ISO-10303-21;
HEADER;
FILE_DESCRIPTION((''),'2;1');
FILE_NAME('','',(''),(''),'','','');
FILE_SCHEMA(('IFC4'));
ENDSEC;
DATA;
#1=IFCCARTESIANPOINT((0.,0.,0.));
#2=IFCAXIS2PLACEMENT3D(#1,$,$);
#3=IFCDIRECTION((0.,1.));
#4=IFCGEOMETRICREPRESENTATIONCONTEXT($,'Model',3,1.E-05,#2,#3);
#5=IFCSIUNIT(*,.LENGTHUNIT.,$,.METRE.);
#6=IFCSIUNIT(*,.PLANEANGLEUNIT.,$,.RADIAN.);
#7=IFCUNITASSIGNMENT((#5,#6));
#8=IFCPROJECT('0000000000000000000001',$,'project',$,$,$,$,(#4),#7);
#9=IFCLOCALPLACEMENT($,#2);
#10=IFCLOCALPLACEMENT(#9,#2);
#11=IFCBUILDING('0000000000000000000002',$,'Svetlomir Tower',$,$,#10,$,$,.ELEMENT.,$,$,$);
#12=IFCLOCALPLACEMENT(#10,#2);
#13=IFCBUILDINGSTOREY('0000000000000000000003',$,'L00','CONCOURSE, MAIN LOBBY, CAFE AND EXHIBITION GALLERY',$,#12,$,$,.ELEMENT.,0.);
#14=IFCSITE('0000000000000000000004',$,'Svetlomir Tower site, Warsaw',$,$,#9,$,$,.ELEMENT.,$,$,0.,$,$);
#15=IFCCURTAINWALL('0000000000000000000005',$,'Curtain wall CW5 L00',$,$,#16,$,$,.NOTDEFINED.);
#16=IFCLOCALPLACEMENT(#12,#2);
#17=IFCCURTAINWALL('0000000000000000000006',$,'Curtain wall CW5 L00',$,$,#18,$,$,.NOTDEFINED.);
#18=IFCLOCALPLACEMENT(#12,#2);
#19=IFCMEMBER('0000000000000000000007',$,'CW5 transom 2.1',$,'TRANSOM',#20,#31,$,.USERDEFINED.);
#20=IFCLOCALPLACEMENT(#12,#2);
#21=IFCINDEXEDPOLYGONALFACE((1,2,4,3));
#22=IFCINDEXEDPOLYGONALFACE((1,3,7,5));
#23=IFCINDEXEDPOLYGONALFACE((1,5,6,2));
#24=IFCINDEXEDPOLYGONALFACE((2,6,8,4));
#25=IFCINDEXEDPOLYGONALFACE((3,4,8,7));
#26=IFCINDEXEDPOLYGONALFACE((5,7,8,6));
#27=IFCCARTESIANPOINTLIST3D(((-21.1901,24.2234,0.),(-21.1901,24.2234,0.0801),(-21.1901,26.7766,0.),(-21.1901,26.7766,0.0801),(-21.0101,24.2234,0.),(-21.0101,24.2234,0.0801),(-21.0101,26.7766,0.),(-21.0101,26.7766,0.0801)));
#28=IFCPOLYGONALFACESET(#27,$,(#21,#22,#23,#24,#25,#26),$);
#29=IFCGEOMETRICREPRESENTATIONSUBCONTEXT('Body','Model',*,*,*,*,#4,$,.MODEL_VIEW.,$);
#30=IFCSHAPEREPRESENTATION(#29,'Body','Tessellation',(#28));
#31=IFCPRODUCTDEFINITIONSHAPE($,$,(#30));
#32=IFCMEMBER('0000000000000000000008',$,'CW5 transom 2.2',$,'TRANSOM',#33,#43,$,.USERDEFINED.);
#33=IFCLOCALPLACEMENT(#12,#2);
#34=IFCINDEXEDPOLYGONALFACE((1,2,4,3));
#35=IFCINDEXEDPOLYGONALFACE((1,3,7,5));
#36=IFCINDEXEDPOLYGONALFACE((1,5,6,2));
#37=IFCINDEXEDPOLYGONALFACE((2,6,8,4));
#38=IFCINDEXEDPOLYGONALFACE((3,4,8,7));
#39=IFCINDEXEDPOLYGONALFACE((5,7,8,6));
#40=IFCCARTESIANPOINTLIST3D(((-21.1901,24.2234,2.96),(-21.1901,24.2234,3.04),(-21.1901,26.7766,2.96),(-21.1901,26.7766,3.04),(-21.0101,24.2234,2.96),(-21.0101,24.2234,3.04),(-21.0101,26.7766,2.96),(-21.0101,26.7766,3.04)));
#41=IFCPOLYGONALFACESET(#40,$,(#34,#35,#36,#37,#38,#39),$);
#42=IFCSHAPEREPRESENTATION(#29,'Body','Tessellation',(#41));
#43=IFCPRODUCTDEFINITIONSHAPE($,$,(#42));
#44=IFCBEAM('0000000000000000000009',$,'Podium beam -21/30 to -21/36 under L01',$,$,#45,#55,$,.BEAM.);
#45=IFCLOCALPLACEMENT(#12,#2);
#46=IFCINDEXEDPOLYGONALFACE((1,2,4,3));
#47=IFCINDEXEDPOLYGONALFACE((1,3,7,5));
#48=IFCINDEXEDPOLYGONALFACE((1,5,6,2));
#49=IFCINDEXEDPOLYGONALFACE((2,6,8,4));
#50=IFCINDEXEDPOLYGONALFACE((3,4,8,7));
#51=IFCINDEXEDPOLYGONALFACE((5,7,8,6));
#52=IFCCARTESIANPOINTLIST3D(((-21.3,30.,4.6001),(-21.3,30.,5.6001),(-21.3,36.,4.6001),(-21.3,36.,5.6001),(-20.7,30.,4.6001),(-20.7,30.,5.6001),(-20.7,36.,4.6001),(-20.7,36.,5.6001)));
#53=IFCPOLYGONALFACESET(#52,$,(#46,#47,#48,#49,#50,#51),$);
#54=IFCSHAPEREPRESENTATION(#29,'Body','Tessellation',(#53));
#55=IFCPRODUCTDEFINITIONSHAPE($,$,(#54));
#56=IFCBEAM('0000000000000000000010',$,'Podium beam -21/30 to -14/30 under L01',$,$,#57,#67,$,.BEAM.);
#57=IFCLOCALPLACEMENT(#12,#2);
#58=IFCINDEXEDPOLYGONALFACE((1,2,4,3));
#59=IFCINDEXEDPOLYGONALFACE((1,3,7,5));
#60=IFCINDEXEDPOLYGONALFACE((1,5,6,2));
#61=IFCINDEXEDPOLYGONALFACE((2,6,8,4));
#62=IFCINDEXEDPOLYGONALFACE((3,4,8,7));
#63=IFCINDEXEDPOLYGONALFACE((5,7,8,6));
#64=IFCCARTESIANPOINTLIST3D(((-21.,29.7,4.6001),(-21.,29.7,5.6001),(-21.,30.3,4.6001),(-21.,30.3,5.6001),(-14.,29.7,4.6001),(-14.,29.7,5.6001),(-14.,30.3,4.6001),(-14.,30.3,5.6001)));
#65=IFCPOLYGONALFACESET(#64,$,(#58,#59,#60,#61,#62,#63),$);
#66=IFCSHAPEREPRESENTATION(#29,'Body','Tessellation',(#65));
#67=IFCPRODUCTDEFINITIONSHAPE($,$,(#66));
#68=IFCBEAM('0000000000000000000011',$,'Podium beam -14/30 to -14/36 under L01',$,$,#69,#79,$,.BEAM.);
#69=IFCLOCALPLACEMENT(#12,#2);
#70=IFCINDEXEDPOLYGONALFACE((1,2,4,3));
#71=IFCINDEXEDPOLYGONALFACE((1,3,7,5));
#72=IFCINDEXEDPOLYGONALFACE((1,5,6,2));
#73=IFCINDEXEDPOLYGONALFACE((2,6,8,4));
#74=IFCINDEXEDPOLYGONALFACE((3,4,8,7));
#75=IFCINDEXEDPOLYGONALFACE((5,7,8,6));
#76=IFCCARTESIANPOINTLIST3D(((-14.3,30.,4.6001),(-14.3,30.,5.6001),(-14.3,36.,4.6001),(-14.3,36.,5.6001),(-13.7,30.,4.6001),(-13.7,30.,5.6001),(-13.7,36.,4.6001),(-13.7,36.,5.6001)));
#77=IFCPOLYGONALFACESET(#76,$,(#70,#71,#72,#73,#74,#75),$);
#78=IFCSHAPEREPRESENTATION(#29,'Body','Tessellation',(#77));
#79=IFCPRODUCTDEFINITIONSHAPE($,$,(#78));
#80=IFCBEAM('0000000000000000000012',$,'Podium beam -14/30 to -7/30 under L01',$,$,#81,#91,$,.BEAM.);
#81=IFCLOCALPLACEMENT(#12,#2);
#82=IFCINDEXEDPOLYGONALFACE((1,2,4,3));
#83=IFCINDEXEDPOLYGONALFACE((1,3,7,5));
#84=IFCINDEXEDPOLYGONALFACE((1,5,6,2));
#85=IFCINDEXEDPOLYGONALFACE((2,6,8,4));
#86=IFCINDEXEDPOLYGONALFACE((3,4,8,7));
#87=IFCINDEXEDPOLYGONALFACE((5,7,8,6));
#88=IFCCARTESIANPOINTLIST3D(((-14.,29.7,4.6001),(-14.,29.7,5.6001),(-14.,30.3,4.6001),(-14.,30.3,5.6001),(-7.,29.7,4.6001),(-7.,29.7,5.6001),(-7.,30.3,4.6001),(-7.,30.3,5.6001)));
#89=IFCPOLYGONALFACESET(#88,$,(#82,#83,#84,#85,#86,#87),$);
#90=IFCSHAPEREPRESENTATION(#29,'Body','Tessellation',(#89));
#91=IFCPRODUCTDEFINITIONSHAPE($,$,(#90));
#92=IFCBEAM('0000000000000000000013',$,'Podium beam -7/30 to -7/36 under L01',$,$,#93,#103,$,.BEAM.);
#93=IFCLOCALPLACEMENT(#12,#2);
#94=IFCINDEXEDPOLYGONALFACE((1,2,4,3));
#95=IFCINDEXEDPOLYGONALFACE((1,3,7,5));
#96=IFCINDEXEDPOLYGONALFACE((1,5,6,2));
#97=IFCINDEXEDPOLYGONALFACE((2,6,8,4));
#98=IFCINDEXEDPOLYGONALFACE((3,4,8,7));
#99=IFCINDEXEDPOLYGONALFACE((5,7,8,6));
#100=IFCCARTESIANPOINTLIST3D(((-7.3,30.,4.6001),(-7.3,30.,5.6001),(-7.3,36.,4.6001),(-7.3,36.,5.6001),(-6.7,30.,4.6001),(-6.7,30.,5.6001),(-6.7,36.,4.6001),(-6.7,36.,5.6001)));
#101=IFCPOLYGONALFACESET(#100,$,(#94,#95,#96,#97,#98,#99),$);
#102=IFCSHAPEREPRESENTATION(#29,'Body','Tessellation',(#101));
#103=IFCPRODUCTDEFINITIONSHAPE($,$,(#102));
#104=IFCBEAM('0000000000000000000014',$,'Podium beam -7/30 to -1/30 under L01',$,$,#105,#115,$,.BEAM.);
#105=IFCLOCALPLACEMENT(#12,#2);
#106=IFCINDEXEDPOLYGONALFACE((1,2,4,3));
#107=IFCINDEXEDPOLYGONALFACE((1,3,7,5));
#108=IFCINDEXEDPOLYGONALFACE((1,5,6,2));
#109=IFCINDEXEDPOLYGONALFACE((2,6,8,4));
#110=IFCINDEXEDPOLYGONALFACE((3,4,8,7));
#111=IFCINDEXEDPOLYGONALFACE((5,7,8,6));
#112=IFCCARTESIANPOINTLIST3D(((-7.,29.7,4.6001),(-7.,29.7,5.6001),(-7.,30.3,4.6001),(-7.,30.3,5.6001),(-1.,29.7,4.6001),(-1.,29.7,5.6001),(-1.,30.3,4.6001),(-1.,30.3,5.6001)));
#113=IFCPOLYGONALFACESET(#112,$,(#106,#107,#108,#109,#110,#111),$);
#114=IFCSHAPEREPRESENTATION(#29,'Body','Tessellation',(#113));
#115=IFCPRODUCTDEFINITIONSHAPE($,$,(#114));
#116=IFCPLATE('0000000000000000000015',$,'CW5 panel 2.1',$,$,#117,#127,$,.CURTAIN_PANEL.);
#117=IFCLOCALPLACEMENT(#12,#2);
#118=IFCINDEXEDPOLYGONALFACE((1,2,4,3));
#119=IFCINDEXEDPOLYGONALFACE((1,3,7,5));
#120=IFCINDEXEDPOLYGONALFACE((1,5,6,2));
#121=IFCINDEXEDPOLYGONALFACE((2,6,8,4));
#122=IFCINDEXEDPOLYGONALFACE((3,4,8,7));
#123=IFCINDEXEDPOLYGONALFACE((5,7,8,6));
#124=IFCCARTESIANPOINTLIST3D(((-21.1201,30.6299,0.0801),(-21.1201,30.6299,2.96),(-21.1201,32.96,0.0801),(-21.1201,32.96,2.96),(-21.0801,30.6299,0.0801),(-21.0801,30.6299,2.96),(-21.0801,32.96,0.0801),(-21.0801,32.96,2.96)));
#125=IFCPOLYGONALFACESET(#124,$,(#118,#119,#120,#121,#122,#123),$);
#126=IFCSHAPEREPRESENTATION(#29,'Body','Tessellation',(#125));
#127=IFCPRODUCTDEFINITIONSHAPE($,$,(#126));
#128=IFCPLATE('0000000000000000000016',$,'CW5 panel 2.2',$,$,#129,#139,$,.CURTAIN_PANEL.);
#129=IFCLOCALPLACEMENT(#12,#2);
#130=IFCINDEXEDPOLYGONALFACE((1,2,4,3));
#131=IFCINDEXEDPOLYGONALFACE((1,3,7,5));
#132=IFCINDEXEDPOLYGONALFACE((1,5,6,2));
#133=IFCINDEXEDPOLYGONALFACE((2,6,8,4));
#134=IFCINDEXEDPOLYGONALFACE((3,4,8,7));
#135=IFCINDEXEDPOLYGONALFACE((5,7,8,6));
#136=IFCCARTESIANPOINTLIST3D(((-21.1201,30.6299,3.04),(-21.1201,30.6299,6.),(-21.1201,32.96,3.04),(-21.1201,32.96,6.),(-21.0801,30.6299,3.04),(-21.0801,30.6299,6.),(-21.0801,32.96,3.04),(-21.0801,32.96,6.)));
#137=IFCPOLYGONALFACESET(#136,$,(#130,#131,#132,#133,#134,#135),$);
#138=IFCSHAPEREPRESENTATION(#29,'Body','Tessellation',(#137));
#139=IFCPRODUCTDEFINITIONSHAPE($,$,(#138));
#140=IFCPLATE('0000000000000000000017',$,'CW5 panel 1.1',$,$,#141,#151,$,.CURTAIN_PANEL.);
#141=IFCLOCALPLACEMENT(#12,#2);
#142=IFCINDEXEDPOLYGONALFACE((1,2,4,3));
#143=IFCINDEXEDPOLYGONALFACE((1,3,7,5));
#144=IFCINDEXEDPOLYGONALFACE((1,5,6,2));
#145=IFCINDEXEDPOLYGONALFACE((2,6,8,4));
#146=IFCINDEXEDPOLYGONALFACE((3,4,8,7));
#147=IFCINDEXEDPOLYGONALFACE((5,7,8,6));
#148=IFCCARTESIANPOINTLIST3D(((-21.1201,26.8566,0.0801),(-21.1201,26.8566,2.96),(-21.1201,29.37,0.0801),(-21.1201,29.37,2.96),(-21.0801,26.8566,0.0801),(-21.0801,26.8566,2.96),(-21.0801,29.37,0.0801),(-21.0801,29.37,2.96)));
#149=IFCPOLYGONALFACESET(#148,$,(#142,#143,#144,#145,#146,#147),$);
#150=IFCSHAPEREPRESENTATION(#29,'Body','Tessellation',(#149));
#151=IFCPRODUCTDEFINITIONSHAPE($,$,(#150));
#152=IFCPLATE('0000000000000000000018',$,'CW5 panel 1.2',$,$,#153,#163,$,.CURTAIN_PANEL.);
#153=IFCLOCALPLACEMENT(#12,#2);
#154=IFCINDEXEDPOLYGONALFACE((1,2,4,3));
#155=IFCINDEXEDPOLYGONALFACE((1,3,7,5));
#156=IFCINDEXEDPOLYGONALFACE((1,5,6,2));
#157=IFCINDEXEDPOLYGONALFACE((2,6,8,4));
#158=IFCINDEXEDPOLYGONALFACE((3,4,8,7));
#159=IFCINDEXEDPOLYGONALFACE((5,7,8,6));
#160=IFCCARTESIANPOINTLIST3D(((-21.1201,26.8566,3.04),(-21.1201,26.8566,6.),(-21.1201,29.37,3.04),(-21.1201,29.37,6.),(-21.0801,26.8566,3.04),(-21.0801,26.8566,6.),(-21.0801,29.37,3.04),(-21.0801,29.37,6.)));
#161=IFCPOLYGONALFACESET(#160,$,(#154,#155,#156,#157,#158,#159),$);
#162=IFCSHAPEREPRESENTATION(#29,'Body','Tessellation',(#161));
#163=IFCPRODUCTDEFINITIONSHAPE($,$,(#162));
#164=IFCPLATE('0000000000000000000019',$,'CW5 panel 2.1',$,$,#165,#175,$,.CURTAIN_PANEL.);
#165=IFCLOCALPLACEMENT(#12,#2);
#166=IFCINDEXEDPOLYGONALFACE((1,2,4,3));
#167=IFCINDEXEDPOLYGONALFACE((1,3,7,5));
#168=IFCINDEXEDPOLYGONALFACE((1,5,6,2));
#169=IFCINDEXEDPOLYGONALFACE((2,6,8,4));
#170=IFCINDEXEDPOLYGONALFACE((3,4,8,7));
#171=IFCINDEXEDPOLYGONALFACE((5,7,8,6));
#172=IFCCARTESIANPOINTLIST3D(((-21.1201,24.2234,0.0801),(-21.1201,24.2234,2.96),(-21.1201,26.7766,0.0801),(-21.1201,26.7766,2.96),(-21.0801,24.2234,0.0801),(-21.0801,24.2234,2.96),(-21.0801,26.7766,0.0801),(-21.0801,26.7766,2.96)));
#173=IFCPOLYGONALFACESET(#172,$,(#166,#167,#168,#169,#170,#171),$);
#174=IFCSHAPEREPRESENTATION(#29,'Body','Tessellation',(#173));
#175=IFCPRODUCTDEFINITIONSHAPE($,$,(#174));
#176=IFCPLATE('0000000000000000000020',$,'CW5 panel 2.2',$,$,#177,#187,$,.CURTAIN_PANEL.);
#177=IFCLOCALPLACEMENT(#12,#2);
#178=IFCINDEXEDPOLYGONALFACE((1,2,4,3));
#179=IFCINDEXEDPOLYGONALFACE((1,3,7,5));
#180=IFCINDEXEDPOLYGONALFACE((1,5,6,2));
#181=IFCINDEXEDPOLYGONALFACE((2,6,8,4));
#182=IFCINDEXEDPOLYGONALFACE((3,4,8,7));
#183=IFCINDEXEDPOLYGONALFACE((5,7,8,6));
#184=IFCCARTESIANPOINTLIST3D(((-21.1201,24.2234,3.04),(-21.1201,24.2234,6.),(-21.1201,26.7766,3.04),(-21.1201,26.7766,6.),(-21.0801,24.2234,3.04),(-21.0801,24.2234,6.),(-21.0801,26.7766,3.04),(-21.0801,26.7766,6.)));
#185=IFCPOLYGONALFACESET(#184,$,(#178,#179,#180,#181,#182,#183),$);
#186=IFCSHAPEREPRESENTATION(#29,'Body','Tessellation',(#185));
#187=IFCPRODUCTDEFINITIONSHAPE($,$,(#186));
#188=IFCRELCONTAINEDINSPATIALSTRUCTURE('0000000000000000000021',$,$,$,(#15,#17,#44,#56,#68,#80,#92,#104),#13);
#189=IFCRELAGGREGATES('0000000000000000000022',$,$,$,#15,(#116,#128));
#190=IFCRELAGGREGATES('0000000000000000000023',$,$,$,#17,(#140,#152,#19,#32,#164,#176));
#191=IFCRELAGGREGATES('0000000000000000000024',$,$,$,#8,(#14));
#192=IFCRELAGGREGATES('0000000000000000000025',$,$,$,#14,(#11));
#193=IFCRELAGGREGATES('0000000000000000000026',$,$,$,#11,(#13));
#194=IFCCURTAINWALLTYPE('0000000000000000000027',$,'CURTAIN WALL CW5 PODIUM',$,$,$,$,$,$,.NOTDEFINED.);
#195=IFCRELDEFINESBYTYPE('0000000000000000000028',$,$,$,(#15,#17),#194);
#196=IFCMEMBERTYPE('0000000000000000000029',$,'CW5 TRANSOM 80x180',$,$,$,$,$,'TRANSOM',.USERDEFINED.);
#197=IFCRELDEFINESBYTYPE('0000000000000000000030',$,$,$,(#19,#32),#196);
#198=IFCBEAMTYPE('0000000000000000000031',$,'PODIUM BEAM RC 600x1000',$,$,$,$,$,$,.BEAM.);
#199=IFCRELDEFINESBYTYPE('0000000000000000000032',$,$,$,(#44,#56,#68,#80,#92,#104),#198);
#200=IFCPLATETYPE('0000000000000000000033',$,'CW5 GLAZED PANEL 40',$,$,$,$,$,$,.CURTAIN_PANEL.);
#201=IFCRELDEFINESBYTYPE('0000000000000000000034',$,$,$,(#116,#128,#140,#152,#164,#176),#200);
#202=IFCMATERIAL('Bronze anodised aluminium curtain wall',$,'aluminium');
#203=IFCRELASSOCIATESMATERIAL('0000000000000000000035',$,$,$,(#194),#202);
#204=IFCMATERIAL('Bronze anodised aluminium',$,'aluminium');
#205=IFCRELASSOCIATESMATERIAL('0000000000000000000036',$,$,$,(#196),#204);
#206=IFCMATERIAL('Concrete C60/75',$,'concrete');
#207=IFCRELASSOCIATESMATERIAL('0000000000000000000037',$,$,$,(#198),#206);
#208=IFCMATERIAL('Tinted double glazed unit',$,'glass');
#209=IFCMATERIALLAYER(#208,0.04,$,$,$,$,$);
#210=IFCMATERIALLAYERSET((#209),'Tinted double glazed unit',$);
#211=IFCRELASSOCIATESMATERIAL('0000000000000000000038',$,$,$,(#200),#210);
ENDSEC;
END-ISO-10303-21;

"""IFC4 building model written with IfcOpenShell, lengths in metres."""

from ifc_helpers import new_model, si_unit, direction, frame, origin, origin_2d, place, context, subcontext, project, spatial, rectangle, extrude, material, layer, layer_set, material_profile, profile_set, type_object, element, aggregate, save


model = new_model("IFC4")

# Units and contexts
model_context = context("Model", 3, precision=1e-05, world=origin(), true_north=direction((0.0, 1.0)))
body_context = subcontext(model_context, "Body", "Model", "MODEL_VIEW")
ifc_project = project(units=[si_unit("LENGTHUNIT", "METRE"), si_unit("PLANEANGLEUNIT", "RADIAN")], contexts=[model_context])

# Site, building, storey
site_placement = place(None, origin())
site = spatial("IfcSite", under=ifc_project, at=site_placement, Name="Svetlomir Tower site, Warsaw", CompositionType="ELEMENT", RefElevation=0.0)
building_placement = place(site_placement, origin())
building = spatial("IfcBuilding", under=site, at=building_placement, Name="Svetlomir Tower", CompositionType="ELEMENT")
storey_placement = place(building_placement, origin())
storey = spatial("IfcBuildingStorey", under=building, at=storey_placement, Name="L00", Description="CONCOURSE, MAIN LOBBY, CAFE AND EXHIBITION GALLERY", CompositionType="ELEMENT", Elevation=0.0)

# Curtain walls
ifc_material_1 = material(Name="Bronze anodised aluminium curtain wall", Category="aluminium")
curtain_wall_type = type_object("IfcCurtainWallType", Name="CURTAIN WALL CW5 PODIUM", PredefinedType="NOTDEFINED", material=ifc_material_1)
curtain_wall_1_placement = place(storey_placement, origin())
curtain_wall_1 = element("IfcCurtainWall", 1, at=curtain_wall_1_placement, inside=storey, type_object=curtain_wall_type, Name="Curtain wall CW5 L00", PredefinedType="NOTDEFINED")
curtain_wall_2_placement = place(storey_placement, origin())
curtain_wall_2 = element("IfcCurtainWall", 2, at=curtain_wall_2_placement, inside=storey, type_object=curtain_wall_type, Name="Curtain wall CW5 L00", PredefinedType="NOTDEFINED")

# Members
ifc_material_2 = material(Name="Bronze anodised aluminium", Category="aluminium")
ifc_material_profile_1 = material_profile(ifc_material_2, rectangle(XDim=0.1799, YDim=0.0801, at=origin_2d()), Name="AL 180x80")
ifc_profile_set_1 = profile_set([ifc_material_profile_1], Name="Bronze anodised aluminium 6063-T6")
member_type_1 = type_object("IfcMemberType", Name="CW5 TRANSOM 80x180", ElementType="TRANSOM", PredefinedType="USERDEFINED", material=ifc_profile_set_1)
member_1_placement = place(storey_placement, frame((-21.1001, 26.7766, 0.04), z_axis=(0.0, -1.0, 0.0), x_axis=(1.0, 0.0, 0.0)))
member_1 = element("IfcMember", 3, at=member_1_placement, type_object=member_type_1, Name="CW5 transom 2.1", ObjectType="TRANSOM", PredefinedType="USERDEFINED", context=body_context, shape_type="SweptSolid", body=[
    extrude(rectangle(XDim=0.1799, YDim=0.0801, at=origin_2d()), origin(), (0.0, 0.0, 1.0), 2.5532),
])
member_2_placement = place(storey_placement, frame((-21.1001, 26.7766, 3.0), z_axis=(0.0, -1.0, 0.0), x_axis=(1.0, 0.0, 0.0)))
member_2 = element("IfcMember", 4, at=member_2_placement, type_object=member_type_1, Name="CW5 transom 2.2", ObjectType="TRANSOM", PredefinedType="USERDEFINED", context=body_context, shape_type="SweptSolid", body=[
    extrude(rectangle(XDim=0.1799, YDim=0.0801, at=origin_2d()), origin(), (0.0, 0.0, 1.0), 2.5532),
])

# Beams
ifc_material_3 = material(Name="Concrete C60/75", Category="concrete")
ifc_material_profile_2 = material_profile(ifc_material_3, rectangle(XDim=0.6001, YDim=1.0, at=origin_2d()), Name="RC 600x1000")
ifc_profile_set_2 = profile_set([ifc_material_profile_2], Name="Concrete C60/75")
beam_type = type_object("IfcBeamType", Name="PODIUM BEAM RC 600x1000", PredefinedType="BEAM", material=ifc_profile_set_2)
beam_1_placement = place(storey_placement, frame((-21.0, 30.0, 5.1001), z_axis=(0.0, 1.0, 0.0), x_axis=(-1.0, 0.0, 0.0)))
element("IfcBeam", 5, at=beam_1_placement, inside=storey, type_object=beam_type, Name="Podium beam -21/30 to -21/36 under L01", PredefinedType="BEAM", context=body_context, shape_type="SweptSolid", body=[
    extrude(rectangle(XDim=0.6001, YDim=1.0, at=origin_2d()), origin(), (0.0, 0.0, 1.0), 6.0),
])
beam_2_placement = place(storey_placement, frame((-21.0, 30.0, 5.1001), z_axis=(1.0, 0.0, 0.0), x_axis=(0.0, 1.0, 0.0)))
element("IfcBeam", 6, at=beam_2_placement, inside=storey, type_object=beam_type, Name="Podium beam -21/30 to -14/30 under L01", PredefinedType="BEAM", context=body_context, shape_type="SweptSolid", body=[
    extrude(rectangle(XDim=0.6001, YDim=1.0, at=origin_2d()), origin(), (0.0, 0.0, 1.0), 7.0),
])
beam_3_placement = place(storey_placement, frame((-14.0, 30.0, 5.1001), z_axis=(0.0, 1.0, 0.0), x_axis=(-1.0, 0.0, 0.0)))
element("IfcBeam", 7, at=beam_3_placement, inside=storey, type_object=beam_type, Name="Podium beam -14/30 to -14/36 under L01", PredefinedType="BEAM", context=body_context, shape_type="SweptSolid", body=[
    extrude(rectangle(XDim=0.6001, YDim=1.0, at=origin_2d()), origin(), (0.0, 0.0, 1.0), 6.0),
])
beam_4_placement = place(storey_placement, frame((-14.0, 30.0, 5.1001), z_axis=(1.0, 0.0, 0.0), x_axis=(0.0, 1.0, 0.0)))
element("IfcBeam", 8, at=beam_4_placement, inside=storey, type_object=beam_type, Name="Podium beam -14/30 to -7/30 under L01", PredefinedType="BEAM", context=body_context, shape_type="SweptSolid", body=[
    extrude(rectangle(XDim=0.6001, YDim=1.0, at=origin_2d()), origin(), (0.0, 0.0, 1.0), 7.0),
])
for number, where, z_axis, x_axis, name in (
    (9, (-7.0, 30.0, 5.1001), (0.0, 1.0, 0.0), (-1.0, 0.0, 0.0), "Podium beam -7/30 to -7/36 under L01"),
    (10, (-7.0, 30.0, 5.1001), (1.0, 0.0, 0.0), (0.0, 1.0, 0.0), "Podium beam -7/30 to -1/30 under L01"),
):
    element("IfcBeam", number, at=place(storey_placement, frame(where, z_axis=z_axis, x_axis=x_axis)), inside=storey, type_object=beam_type, Name=name, PredefinedType="BEAM", context=body_context, shape_type="SweptSolid", body=[
        extrude(rectangle(XDim=0.6001, YDim=1.0, at=origin_2d()), origin(), (0.0, 0.0, 1.0), 6.0),
    ])

# Plates
ifc_material_4 = material(Name="Tinted double glazed unit", Category="glass")
ifc_layer = layer(ifc_material_4, 0.04)
ifc_layer_set = layer_set([ifc_layer], Name="Tinted double glazed unit")
plate_type = type_object("IfcPlateType", Name="CW5 GLAZED PANEL 40", PredefinedType="CURTAIN_PANEL", material=ifc_layer_set)
plate_1_placement = place(storey_placement, frame((-21.1001, 31.7949, 0.0801), z_axis=(0.0, 0.0, 1.0), x_axis=(0.0, -1.0, 0.0)))
plate_1 = element("IfcPlate", 11, at=plate_1_placement, type_object=plate_type, Name="CW5 panel 2.1", PredefinedType="CURTAIN_PANEL", context=body_context, shape_type="SweptSolid", body=[
    extrude(rectangle(XDim=2.3301, YDim=0.04, at=origin_2d()), origin(), (0.0, 0.0, 1.0), 2.8799),
])
plate_2_placement = place(storey_placement, frame((-21.1001, 31.7949, 3.04), z_axis=(0.0, 0.0, 1.0), x_axis=(0.0, -1.0, 0.0)))
plate_2 = element("IfcPlate", 12, at=plate_2_placement, type_object=plate_type, Name="CW5 panel 2.2", PredefinedType="CURTAIN_PANEL", context=body_context, shape_type="SweptSolid", body=[
    extrude(rectangle(XDim=2.3301, YDim=0.04, at=origin_2d()), origin(), (0.0, 0.0, 1.0), 2.96),
])
aggregate(curtain_wall_1, [plate_1, plate_2])
plate_3_placement = place(storey_placement, frame((-21.1001, 28.1133, 0.0801), z_axis=(0.0, 0.0, 1.0), x_axis=(0.0, -1.0, 0.0)))
plate_3 = element("IfcPlate", 13, at=plate_3_placement, type_object=plate_type, Name="CW5 panel 1.1", PredefinedType="CURTAIN_PANEL", context=body_context, shape_type="SweptSolid", body=[
    extrude(rectangle(XDim=2.5134, YDim=0.04, at=origin_2d()), origin(), (0.0, 0.0, 1.0), 2.8799),
])
plate_4_placement = place(storey_placement, frame((-21.1001, 28.1133, 3.04), z_axis=(0.0, 0.0, 1.0), x_axis=(0.0, -1.0, 0.0)))
plate_4 = element("IfcPlate", 14, at=plate_4_placement, type_object=plate_type, Name="CW5 panel 1.2", PredefinedType="CURTAIN_PANEL", context=body_context, shape_type="SweptSolid", body=[
    extrude(rectangle(XDim=2.5134, YDim=0.04, at=origin_2d()), origin(), (0.0, 0.0, 1.0), 2.96),
])
plate_5_placement = place(storey_placement, frame((-21.1001, 25.5, 0.0801), z_axis=(0.0, 0.0, 1.0), x_axis=(0.0, -1.0, 0.0)))
plate_5 = element("IfcPlate", 15, at=plate_5_placement, type_object=plate_type, Name="CW5 panel 2.1", PredefinedType="CURTAIN_PANEL", context=body_context, shape_type="SweptSolid", body=[
    extrude(rectangle(XDim=2.5532, YDim=0.04, at=origin_2d()), origin(), (0.0, 0.0, 1.0), 2.8799),
])
plate_6_placement = place(storey_placement, frame((-21.1001, 25.5, 3.04), z_axis=(0.0, 0.0, 1.0), x_axis=(0.0, -1.0, 0.0)))
plate_6 = element("IfcPlate", 16, at=plate_6_placement, type_object=plate_type, Name="CW5 panel 2.2", PredefinedType="CURTAIN_PANEL", context=body_context, shape_type="SweptSolid", body=[
    extrude(rectangle(XDim=2.5532, YDim=0.04, at=origin_2d()), origin(), (0.0, 0.0, 1.0), 2.96),
])
aggregate(curtain_wall_2, [plate_3, plate_4, member_1, member_2, plate_5, plate_6])

save(model, "model.ifc")
